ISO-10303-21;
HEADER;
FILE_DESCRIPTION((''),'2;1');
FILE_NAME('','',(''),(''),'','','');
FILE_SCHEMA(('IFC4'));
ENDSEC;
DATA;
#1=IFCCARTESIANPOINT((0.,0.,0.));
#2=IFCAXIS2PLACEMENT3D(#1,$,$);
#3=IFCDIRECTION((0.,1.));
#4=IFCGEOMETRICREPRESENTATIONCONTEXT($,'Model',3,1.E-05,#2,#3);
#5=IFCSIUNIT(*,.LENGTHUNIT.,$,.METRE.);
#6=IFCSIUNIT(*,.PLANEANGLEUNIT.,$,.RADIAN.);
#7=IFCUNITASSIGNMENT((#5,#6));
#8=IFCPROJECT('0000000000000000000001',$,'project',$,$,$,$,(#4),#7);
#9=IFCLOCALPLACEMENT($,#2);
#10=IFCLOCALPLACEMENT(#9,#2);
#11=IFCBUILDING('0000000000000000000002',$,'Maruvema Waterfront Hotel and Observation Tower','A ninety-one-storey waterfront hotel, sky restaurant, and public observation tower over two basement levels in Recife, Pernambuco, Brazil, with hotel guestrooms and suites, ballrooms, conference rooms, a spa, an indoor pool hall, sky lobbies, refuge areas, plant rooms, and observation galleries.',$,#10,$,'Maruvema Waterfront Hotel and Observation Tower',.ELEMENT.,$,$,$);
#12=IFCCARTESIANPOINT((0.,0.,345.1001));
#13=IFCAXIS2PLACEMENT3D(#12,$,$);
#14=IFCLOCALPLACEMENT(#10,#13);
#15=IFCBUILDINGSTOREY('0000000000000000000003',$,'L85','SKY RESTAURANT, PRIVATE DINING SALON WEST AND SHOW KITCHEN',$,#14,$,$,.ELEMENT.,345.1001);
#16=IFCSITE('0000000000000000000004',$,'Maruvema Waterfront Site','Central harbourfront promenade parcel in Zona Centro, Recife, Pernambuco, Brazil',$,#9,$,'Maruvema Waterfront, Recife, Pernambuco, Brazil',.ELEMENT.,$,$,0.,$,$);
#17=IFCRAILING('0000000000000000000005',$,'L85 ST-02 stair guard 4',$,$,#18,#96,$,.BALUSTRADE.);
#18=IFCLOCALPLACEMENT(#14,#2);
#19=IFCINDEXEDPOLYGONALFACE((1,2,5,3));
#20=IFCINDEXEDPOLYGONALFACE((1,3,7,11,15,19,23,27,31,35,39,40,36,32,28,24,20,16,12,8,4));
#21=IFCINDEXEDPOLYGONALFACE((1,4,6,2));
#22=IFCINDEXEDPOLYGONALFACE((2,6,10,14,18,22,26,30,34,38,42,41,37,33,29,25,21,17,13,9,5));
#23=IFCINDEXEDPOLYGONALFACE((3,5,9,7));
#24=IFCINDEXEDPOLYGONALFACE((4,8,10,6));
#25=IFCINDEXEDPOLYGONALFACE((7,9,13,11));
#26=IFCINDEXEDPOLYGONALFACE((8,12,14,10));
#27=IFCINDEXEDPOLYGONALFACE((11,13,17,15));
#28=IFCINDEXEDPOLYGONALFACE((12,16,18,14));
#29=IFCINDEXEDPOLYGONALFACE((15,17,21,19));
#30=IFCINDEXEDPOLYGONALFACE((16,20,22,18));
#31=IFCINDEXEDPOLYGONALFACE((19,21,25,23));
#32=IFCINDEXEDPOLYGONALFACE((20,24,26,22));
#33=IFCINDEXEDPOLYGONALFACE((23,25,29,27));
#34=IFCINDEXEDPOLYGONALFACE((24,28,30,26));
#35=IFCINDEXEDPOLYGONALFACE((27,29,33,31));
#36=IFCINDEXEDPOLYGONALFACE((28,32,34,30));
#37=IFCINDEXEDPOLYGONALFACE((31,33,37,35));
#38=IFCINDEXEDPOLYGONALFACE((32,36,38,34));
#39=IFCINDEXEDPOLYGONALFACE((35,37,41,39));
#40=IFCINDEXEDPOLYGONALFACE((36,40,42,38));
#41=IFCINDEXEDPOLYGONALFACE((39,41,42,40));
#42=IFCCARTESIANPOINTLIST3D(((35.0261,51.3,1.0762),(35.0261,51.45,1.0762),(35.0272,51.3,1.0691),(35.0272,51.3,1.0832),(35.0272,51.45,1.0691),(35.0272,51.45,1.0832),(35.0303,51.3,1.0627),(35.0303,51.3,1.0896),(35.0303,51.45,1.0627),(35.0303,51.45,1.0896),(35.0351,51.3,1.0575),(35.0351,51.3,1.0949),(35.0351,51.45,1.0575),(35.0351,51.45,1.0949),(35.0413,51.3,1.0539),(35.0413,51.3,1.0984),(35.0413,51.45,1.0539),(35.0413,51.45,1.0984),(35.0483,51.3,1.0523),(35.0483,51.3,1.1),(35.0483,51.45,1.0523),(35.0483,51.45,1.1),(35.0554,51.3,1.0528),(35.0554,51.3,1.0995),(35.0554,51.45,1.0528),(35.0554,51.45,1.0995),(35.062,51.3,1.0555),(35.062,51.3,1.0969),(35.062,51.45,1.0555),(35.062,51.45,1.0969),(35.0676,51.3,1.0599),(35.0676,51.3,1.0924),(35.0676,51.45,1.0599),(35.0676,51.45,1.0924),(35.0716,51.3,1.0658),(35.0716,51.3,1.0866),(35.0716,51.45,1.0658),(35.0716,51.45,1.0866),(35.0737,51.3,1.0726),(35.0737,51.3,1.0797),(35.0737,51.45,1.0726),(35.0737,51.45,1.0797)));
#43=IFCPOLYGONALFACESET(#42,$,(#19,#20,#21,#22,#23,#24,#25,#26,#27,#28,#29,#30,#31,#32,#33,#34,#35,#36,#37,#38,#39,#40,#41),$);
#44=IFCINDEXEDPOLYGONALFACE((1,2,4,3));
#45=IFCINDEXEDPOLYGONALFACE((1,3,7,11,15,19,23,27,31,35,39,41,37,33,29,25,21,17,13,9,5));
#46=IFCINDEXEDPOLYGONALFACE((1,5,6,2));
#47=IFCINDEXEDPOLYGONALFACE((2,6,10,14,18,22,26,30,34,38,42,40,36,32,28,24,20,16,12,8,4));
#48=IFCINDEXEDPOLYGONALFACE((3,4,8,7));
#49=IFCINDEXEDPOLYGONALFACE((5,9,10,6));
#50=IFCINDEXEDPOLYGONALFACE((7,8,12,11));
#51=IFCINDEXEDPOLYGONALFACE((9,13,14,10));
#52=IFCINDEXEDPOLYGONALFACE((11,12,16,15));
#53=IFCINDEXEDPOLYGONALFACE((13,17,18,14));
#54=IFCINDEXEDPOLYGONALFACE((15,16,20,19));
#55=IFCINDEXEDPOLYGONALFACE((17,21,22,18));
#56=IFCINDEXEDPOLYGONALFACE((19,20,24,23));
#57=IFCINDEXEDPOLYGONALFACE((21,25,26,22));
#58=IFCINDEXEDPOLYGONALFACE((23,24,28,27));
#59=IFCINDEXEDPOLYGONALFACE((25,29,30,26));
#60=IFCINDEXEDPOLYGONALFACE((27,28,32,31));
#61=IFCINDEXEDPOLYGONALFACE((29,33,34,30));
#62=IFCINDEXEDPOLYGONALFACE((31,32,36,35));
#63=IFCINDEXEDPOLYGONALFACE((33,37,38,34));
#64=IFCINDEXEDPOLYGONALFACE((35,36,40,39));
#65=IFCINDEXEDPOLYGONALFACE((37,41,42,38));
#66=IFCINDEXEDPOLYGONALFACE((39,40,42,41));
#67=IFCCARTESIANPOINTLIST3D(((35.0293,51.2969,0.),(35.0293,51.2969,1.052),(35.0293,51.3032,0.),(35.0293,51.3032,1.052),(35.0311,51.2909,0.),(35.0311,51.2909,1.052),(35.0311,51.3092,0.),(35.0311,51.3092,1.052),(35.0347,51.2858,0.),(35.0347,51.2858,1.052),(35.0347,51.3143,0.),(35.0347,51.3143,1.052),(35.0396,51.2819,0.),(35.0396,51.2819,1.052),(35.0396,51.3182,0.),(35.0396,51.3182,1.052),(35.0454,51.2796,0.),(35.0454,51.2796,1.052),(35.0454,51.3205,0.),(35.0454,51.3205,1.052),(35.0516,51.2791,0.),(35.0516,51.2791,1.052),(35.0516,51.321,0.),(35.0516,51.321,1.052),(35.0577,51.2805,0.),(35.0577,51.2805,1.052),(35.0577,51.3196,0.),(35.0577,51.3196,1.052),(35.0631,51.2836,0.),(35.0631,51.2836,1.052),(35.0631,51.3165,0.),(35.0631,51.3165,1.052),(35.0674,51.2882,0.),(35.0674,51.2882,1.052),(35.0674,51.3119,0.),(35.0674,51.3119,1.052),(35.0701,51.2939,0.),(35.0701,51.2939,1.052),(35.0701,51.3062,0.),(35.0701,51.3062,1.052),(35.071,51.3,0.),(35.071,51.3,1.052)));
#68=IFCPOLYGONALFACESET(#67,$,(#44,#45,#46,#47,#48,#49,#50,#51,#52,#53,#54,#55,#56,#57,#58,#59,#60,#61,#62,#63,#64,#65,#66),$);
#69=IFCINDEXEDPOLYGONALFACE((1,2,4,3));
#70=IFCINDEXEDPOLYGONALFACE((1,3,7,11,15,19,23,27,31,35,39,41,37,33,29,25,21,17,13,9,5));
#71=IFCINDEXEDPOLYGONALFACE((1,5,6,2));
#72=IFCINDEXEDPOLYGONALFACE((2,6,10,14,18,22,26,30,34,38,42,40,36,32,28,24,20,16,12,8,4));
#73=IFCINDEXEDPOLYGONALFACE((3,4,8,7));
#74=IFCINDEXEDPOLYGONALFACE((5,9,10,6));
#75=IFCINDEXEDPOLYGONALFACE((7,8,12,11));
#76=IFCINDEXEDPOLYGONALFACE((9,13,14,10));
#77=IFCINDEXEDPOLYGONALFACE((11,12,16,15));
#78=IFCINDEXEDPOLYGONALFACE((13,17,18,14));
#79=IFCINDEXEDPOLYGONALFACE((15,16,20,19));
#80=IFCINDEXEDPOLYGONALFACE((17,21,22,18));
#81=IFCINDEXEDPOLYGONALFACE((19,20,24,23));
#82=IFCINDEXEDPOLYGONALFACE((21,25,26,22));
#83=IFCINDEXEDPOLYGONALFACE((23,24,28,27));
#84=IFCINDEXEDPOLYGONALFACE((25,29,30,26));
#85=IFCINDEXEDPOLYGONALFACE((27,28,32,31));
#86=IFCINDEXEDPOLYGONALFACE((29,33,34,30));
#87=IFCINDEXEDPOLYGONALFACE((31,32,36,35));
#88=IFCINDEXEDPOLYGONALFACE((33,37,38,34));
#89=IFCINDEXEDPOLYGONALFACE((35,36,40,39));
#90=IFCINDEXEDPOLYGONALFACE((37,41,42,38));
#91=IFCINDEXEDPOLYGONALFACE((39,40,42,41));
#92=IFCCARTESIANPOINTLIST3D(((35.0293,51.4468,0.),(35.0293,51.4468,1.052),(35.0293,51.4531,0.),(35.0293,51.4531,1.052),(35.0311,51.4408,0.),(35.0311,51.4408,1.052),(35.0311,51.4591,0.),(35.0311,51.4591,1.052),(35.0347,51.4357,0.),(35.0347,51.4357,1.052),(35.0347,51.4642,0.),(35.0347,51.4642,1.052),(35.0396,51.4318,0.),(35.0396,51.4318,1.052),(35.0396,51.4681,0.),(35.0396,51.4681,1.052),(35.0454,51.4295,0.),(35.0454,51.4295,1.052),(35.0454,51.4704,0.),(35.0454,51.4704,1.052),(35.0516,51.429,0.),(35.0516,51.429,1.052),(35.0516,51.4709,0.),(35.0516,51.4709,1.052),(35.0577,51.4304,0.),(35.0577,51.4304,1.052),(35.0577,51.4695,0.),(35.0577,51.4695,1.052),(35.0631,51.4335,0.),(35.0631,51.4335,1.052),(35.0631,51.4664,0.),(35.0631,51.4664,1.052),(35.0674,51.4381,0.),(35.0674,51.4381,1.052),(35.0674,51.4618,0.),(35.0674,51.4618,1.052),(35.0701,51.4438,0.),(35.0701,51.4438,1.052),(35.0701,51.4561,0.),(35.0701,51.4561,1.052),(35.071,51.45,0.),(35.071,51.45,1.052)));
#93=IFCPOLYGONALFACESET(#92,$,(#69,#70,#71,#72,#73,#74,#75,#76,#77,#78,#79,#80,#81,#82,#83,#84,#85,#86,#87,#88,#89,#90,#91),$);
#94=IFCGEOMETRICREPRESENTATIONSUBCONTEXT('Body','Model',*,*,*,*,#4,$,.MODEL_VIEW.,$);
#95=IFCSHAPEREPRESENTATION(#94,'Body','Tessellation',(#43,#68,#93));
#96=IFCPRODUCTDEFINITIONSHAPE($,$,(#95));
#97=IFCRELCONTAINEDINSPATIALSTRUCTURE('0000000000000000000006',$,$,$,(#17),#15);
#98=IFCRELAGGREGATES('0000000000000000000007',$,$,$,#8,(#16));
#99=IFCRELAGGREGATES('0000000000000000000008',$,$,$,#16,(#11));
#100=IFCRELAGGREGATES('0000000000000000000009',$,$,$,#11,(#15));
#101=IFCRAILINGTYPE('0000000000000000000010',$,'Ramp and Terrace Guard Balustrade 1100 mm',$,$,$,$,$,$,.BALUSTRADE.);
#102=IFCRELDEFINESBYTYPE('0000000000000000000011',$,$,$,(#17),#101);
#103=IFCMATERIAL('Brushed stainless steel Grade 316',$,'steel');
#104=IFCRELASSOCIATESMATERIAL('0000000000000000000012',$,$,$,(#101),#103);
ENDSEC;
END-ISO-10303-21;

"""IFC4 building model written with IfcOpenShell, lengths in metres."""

from ifc_helpers import new_model, si_unit, direction, frame, origin, origin_2d, place, context, subcontext, project, spatial, circle, extrude, material, type_object, element, save


model = new_model("IFC4")

# Units and contexts
model_context = context("Model", 3, precision=1e-05, world=origin(), true_north=direction((0.0, 1.0)))
body_context = subcontext(model_context, "Body", "Model", "MODEL_VIEW")
ifc_project = project(units=[si_unit("LENGTHUNIT", "METRE"), si_unit("PLANEANGLEUNIT", "RADIAN")], contexts=[model_context])

# Site, building, storey
site_placement = place(None, origin())
site = spatial("IfcSite", under=ifc_project, at=site_placement, Name="Maruvema Waterfront Site", Description="Central harbourfront promenade parcel in Zona Centro, Recife, Pernambuco, Brazil", LongName="Maruvema Waterfront, Recife, Pernambuco, Brazil", CompositionType="ELEMENT", RefElevation=0.0)
building_placement = place(site_placement, origin())
building = spatial("IfcBuilding", under=site, at=building_placement, Name="Maruvema Waterfront Hotel and Observation Tower", Description="A ninety-one-storey waterfront hotel, sky restaurant, and public observation tower over two basement levels in Recife, Pernambuco, Brazil, with hotel guestrooms and suites, ballrooms, conference rooms, a spa, an indoor pool hall, sky lobbies, refuge areas, plant rooms, and observation galleries.", LongName="Maruvema Waterfront Hotel and Observation Tower", CompositionType="ELEMENT")
storey_placement = place(building_placement, frame((0.0, 0.0, 345.1001)))
storey = spatial("IfcBuildingStorey", under=building, at=storey_placement, Name="L85", Description="SKY RESTAURANT, PRIVATE DINING SALON WEST AND SHOW KITCHEN", CompositionType="ELEMENT", Elevation=345.1001)

# Railing
ifc_material_1 = material(Name="Brushed stainless steel Grade 316", Category="steel")
railing_type_1 = type_object("IfcRailingType", Name="Ramp and Terrace Guard Balustrade 1100 mm", PredefinedType="BALUSTRADE", material=ifc_material_1)
railing_1_placement = place(storey_placement, frame((35.05, 51.3, 0.0)))
element("IfcRailing", 1, at=railing_1_placement, inside=storey, type_object=railing_type_1, Name="L85 ST-02 stair guard 4", PredefinedType="BALUSTRADE", context=body_context, shape_type="SweptSolid", body=[
    extrude(circle(Radius=0.0239, at=origin_2d()), frame((0.0, 0.0, 1.0762), z_axis=(0.0, 1.0, 0.0), x_axis=(-1.0, 0.0, 0.0)), (0.0, 0.0, 1.0), 0.1499),
    extrude(circle(Radius=0.021, at=origin_2d()), origin(), (0.0, 0.0, 1.0), 1.052),
    extrude(circle(Radius=0.021, at=origin_2d()), frame((0.0, 0.1499, 0.0)), (0.0, 0.0, 1.0), 1.052),
])

save(model, "model.ifc")
